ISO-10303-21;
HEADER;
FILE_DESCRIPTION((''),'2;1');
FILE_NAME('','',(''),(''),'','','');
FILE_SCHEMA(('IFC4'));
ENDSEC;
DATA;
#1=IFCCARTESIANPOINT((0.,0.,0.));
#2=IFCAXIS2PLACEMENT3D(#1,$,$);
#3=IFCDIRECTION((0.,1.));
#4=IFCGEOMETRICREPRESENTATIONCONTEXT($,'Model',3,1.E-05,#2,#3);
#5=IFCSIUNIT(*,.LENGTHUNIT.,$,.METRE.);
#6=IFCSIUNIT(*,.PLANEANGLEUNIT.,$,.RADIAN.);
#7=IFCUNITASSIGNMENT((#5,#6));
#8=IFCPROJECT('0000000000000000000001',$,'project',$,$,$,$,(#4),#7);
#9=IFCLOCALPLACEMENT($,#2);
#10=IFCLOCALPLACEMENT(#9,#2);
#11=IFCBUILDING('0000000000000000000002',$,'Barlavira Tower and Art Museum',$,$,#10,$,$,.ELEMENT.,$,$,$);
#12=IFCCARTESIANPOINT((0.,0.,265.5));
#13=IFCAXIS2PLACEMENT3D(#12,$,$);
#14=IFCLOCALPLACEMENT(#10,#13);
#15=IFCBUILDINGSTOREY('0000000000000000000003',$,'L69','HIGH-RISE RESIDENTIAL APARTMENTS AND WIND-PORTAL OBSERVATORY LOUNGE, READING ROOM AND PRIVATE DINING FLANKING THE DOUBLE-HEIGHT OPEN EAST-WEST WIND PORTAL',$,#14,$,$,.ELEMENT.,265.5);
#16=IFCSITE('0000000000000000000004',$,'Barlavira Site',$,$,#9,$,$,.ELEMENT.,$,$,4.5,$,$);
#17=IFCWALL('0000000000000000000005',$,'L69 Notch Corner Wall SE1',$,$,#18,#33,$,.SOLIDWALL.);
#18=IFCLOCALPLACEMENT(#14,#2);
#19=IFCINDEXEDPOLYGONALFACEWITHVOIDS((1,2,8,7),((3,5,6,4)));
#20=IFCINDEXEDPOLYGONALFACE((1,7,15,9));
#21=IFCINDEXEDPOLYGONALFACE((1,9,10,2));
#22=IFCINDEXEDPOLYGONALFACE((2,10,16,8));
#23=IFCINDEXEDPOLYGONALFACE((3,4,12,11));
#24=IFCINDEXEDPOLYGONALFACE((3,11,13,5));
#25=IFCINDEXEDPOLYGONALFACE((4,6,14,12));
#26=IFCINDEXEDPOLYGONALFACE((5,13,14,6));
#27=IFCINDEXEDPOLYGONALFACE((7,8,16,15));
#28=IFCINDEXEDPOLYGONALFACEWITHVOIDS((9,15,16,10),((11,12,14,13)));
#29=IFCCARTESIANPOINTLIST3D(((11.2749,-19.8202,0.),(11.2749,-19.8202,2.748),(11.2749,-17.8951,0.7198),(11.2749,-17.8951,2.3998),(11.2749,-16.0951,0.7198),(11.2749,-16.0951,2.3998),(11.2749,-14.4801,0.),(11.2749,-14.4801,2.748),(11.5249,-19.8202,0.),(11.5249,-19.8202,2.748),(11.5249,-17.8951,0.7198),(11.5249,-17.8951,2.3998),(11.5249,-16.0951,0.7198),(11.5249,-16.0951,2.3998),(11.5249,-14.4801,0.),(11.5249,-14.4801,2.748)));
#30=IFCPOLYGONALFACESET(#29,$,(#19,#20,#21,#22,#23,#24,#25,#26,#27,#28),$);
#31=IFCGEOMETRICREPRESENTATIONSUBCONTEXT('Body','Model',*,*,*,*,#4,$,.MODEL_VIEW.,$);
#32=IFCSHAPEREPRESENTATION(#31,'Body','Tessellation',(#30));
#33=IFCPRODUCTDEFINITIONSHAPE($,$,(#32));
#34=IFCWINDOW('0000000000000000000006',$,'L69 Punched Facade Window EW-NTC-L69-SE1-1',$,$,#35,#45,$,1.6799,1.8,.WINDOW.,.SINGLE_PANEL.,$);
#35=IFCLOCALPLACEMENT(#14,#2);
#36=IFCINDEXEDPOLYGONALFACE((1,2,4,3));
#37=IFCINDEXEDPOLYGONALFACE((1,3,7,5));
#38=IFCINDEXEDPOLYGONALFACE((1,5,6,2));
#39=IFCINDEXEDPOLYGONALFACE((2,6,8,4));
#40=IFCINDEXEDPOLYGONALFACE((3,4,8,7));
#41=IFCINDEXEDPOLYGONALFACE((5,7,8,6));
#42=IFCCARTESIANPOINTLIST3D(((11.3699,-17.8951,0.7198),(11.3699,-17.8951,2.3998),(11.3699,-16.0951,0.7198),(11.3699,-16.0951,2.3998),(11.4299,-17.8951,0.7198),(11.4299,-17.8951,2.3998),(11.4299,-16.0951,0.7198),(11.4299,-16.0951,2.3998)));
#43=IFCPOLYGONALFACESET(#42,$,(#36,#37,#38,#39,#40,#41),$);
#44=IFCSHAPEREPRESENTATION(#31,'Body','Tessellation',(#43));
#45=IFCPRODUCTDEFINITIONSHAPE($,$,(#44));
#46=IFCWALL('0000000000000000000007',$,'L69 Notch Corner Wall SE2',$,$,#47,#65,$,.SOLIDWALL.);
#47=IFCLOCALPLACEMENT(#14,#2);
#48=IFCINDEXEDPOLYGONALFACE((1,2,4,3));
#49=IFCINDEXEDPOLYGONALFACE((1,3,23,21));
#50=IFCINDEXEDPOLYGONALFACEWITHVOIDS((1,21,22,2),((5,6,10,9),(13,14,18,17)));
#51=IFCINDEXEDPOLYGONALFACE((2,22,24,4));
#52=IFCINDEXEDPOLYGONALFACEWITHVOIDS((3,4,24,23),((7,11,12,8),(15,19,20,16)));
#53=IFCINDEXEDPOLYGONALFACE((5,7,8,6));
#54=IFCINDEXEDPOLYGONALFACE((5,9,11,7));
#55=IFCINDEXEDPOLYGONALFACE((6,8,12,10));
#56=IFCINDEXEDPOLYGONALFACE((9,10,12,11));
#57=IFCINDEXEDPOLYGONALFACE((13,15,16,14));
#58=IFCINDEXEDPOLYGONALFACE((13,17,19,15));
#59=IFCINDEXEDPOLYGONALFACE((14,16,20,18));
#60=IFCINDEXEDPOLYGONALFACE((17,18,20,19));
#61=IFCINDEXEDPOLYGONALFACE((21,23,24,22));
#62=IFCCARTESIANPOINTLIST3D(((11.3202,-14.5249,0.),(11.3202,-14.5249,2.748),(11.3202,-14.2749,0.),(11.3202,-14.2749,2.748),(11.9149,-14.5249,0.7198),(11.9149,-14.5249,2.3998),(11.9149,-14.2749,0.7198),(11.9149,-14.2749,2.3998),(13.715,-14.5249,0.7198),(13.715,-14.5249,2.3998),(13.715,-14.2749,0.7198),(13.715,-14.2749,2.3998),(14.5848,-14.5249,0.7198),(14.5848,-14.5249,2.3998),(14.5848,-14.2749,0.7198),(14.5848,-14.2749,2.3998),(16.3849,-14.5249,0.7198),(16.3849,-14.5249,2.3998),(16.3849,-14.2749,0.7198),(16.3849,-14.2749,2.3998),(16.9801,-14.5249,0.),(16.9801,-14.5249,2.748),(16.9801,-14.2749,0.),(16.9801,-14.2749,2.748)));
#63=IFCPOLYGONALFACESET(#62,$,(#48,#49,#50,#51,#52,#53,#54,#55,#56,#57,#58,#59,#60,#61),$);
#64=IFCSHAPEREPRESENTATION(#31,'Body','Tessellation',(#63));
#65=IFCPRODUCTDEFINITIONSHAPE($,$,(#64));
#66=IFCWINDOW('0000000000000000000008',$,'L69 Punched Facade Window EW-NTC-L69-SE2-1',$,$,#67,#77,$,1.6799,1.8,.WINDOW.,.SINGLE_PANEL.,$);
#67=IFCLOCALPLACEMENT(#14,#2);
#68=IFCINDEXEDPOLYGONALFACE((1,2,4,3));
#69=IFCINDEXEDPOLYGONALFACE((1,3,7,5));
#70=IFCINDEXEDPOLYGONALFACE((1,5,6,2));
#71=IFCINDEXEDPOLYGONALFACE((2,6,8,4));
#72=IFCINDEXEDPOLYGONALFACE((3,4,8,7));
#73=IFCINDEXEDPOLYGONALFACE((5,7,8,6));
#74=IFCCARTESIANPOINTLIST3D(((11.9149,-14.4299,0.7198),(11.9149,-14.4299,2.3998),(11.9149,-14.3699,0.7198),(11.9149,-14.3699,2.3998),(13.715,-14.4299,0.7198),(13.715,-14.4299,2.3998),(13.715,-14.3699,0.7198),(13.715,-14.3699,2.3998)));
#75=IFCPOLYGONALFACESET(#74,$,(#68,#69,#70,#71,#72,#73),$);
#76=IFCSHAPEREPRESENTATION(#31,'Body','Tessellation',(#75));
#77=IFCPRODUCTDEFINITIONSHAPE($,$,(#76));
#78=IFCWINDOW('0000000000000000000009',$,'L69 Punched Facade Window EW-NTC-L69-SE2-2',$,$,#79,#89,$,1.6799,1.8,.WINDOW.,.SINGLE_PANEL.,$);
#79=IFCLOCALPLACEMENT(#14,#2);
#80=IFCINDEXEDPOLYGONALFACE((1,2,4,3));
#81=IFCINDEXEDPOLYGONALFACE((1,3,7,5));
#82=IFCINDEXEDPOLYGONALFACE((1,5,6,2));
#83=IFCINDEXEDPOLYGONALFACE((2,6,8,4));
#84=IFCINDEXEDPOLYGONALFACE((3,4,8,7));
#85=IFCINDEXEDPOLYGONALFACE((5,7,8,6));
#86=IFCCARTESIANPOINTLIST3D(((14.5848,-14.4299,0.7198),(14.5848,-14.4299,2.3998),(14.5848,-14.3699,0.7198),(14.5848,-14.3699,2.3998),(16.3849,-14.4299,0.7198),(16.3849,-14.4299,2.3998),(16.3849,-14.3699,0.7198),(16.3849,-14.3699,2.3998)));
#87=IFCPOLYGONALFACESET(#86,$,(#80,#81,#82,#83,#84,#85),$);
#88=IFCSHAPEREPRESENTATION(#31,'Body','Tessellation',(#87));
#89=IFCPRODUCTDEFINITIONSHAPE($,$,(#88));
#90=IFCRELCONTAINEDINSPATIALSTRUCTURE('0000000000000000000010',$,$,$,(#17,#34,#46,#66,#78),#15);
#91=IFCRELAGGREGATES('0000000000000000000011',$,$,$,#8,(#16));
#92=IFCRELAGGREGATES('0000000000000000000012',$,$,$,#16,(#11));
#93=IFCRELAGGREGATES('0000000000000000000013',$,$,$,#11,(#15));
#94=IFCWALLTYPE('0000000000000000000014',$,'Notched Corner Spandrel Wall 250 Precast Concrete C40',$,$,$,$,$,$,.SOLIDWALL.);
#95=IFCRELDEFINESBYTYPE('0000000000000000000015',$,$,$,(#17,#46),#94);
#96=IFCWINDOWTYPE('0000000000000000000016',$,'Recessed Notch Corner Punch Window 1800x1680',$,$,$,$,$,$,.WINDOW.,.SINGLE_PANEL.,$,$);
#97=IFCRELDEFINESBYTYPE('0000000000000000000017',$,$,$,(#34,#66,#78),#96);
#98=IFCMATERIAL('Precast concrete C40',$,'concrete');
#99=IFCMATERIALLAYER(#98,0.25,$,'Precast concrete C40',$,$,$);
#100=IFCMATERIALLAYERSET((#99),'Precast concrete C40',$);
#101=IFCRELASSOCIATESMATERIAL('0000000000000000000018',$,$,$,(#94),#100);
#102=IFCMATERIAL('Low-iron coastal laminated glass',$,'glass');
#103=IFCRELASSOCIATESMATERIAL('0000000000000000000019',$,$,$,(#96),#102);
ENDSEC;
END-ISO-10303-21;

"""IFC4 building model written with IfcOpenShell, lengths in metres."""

from ifc_helpers import new_model, si_unit, direction, frame, frame_2d, origin, place, context, subcontext, project, spatial, rectangle, extrude, material, layer, layer_set, type_object, element, fill, save


model = new_model("IFC4")

# Units and contexts
model_context = context("Model", 3, precision=1e-05, world=origin(), true_north=direction((0.0, 1.0)))
body_context = subcontext(model_context, "Body", "Model", "MODEL_VIEW")
ifc_project = project(units=[si_unit("LENGTHUNIT", "METRE"), si_unit("PLANEANGLEUNIT", "RADIAN")], contexts=[model_context])

# Site, building, storey
site_placement = place(None, origin())
site = spatial("IfcSite", under=ifc_project, at=site_placement, Name="Barlavira Site", CompositionType="ELEMENT", RefElevation=4.5)
building_placement = place(site_placement, origin())
building = spatial("IfcBuilding", under=site, at=building_placement, Name="Barlavira Tower and Art Museum", CompositionType="ELEMENT")
storey_placement = place(building_placement, frame((0.0, 0.0, 265.5)))
storey = spatial("IfcBuildingStorey", under=building, at=storey_placement, Name="L69", Description="HIGH-RISE RESIDENTIAL APARTMENTS AND WIND-PORTAL OBSERVATORY LOUNGE, READING ROOM AND PRIVATE DINING FLANKING THE DOUBLE-HEIGHT OPEN EAST-WEST WIND PORTAL", CompositionType="ELEMENT", Elevation=265.5)

# Shared definitions
ifc_material_1 = material(Name="Precast concrete C40", Category="concrete")
ifc_layer_1 = layer(ifc_material_1, 0.25, Name="Precast concrete C40")
ifc_layer_set_1 = layer_set([ifc_layer_1], Name="Precast concrete C40")
wall_type_1 = type_object("IfcWallType", Name="Notched Corner Spandrel Wall 250 Precast Concrete C40", PredefinedType="SOLIDWALL", material=ifc_layer_set_1)
ifc_material_2 = material(Name="Low-iron coastal laminated glass", Category="glass")
window_type_1 = type_object("IfcWindowType", Name="Recessed Notch Corner Punch Window 1800x1680", PartitioningType="SINGLE_PANEL", PredefinedType="WINDOW", material=ifc_material_2)

# Wall, opening, window
wall_1_placement = place(storey_placement, frame((11.3999, -19.8201, 0.0), z_axis=(0.0, 0.0, 1.0), x_axis=(0.0, 1.0, 0.0)))
wall_1 = element("IfcWall", 1, at=wall_1_placement, inside=storey, type_object=wall_type_1, Name="L69 Notch Corner Wall SE1", PredefinedType="SOLIDWALL", context=body_context, shape_type="SweptSolid", body=[
    extrude(rectangle(XDim=5.3401, YDim=0.25, at=frame_2d((2.6699, 0.0))), origin(), (0.0, 0.0, 1.0), 2.748),
])
opening_1_placement = place(wall_1_placement, frame((1.925, 0.0, 0.72)))
opening_1 = element("IfcOpeningElement", 2, at=opening_1_placement, cuts=wall_1, PredefinedType="OPENING", context=body_context, shape_type="SweptSolid", body=[
    extrude(rectangle(XDim=1.8, YDim=1.6799, at=frame_2d((0.8999, 0.8398))), frame((0.0, 0.135, 0.0), z_axis=(0.0, -1.0, 0.0), x_axis=(1.0, 0.0, 0.0)), (0.0, 0.0, 1.0), 0.27),
])
window_1_placement = place(opening_1_placement, origin())
window_1 = element("IfcWindow", 3, at=window_1_placement, inside=storey, type_object=window_type_1, Name="L69 Punched Facade Window EW-NTC-L69-SE1-1", OverallHeight=1.6799, OverallWidth=1.8, PartitioningType="SINGLE_PANEL", PredefinedType="WINDOW", context=body_context, shape_type="SweptSolid", body=[
    extrude(rectangle(XDim=1.8, YDim=1.6799, at=frame_2d((0.8999, 0.8398))), frame((0.0, 0.03, 0.0), z_axis=(0.0, -1.0, 0.0), x_axis=(1.0, 0.0, 0.0)), (0.0, 0.0, 1.0), 0.0601),
])
fill(opening_1, window_1)

# Wall, openings, windows
wall_2_placement = place(storey_placement, frame((11.3201, -14.3999, 0.0), z_axis=(0.0, 0.0, 1.0), x_axis=(1.0, 0.0, 0.0)))
wall_2 = element("IfcWall", 4, at=wall_2_placement, inside=storey, type_object=wall_type_1, Name="L69 Notch Corner Wall SE2", PredefinedType="SOLIDWALL", context=body_context, shape_type="SweptSolid", body=[
    extrude(rectangle(XDim=5.6599, YDim=0.25, at=frame_2d((2.8301, 0.0))), origin(), (0.0, 0.0, 1.0), 2.748),
])
opening_2_placement = place(wall_2_placement, frame((0.595, 0.0, 0.72)))
opening_2 = element("IfcOpeningElement", 5, at=opening_2_placement, cuts=wall_2, PredefinedType="OPENING", context=body_context, shape_type="SweptSolid", body=[
    extrude(rectangle(XDim=1.8, YDim=1.6799, at=frame_2d((0.8999, 0.8398))), frame((0.0, 0.135, 0.0), z_axis=(0.0, -1.0, 0.0), x_axis=(1.0, 0.0, 0.0)), (0.0, 0.0, 1.0), 0.27),
])
opening_3_placement = place(wall_2_placement, frame((3.2649, 0.0, 0.72)))
opening_3 = element("IfcOpeningElement", 6, at=opening_3_placement, cuts=wall_2, PredefinedType="OPENING", context=body_context, shape_type="SweptSolid", body=[
    extrude(rectangle(XDim=1.8, YDim=1.6799, at=frame_2d((0.8999, 0.8398))), frame((0.0, 0.135, 0.0), z_axis=(0.0, -1.0, 0.0), x_axis=(1.0, 0.0, 0.0)), (0.0, 0.0, 1.0), 0.27),
])
window_2_placement = place(opening_2_placement, origin())
window_2 = element("IfcWindow", 7, at=window_2_placement, inside=storey, type_object=window_type_1, Name="L69 Punched Facade Window EW-NTC-L69-SE2-1", OverallHeight=1.6799, OverallWidth=1.8, PartitioningType="SINGLE_PANEL", PredefinedType="WINDOW", context=body_context, shape_type="SweptSolid", body=[
    extrude(rectangle(XDim=1.8, YDim=1.6799, at=frame_2d((0.8999, 0.8398))), frame((0.0, 0.03, 0.0), z_axis=(0.0, -1.0, 0.0), x_axis=(1.0, 0.0, 0.0)), (0.0, 0.0, 1.0), 0.0601),
])
fill(opening_2, window_2)
window_3_placement = place(opening_3_placement, origin())
window_3 = element("IfcWindow", 8, at=window_3_placement, inside=storey, type_object=window_type_1, Name="L69 Punched Facade Window EW-NTC-L69-SE2-2", OverallHeight=1.6799, OverallWidth=1.8, PartitioningType="SINGLE_PANEL", PredefinedType="WINDOW", context=body_context, shape_type="SweptSolid", body=[
    extrude(rectangle(XDim=1.8, YDim=1.6799, at=frame_2d((0.8999, 0.8398))), frame((0.0, 0.03, 0.0), z_axis=(0.0, -1.0, 0.0), x_axis=(1.0, 0.0, 0.0)), (0.0, 0.0, 1.0), 0.0601),
])
fill(opening_3, window_3)

save(model, "model.ifc")
